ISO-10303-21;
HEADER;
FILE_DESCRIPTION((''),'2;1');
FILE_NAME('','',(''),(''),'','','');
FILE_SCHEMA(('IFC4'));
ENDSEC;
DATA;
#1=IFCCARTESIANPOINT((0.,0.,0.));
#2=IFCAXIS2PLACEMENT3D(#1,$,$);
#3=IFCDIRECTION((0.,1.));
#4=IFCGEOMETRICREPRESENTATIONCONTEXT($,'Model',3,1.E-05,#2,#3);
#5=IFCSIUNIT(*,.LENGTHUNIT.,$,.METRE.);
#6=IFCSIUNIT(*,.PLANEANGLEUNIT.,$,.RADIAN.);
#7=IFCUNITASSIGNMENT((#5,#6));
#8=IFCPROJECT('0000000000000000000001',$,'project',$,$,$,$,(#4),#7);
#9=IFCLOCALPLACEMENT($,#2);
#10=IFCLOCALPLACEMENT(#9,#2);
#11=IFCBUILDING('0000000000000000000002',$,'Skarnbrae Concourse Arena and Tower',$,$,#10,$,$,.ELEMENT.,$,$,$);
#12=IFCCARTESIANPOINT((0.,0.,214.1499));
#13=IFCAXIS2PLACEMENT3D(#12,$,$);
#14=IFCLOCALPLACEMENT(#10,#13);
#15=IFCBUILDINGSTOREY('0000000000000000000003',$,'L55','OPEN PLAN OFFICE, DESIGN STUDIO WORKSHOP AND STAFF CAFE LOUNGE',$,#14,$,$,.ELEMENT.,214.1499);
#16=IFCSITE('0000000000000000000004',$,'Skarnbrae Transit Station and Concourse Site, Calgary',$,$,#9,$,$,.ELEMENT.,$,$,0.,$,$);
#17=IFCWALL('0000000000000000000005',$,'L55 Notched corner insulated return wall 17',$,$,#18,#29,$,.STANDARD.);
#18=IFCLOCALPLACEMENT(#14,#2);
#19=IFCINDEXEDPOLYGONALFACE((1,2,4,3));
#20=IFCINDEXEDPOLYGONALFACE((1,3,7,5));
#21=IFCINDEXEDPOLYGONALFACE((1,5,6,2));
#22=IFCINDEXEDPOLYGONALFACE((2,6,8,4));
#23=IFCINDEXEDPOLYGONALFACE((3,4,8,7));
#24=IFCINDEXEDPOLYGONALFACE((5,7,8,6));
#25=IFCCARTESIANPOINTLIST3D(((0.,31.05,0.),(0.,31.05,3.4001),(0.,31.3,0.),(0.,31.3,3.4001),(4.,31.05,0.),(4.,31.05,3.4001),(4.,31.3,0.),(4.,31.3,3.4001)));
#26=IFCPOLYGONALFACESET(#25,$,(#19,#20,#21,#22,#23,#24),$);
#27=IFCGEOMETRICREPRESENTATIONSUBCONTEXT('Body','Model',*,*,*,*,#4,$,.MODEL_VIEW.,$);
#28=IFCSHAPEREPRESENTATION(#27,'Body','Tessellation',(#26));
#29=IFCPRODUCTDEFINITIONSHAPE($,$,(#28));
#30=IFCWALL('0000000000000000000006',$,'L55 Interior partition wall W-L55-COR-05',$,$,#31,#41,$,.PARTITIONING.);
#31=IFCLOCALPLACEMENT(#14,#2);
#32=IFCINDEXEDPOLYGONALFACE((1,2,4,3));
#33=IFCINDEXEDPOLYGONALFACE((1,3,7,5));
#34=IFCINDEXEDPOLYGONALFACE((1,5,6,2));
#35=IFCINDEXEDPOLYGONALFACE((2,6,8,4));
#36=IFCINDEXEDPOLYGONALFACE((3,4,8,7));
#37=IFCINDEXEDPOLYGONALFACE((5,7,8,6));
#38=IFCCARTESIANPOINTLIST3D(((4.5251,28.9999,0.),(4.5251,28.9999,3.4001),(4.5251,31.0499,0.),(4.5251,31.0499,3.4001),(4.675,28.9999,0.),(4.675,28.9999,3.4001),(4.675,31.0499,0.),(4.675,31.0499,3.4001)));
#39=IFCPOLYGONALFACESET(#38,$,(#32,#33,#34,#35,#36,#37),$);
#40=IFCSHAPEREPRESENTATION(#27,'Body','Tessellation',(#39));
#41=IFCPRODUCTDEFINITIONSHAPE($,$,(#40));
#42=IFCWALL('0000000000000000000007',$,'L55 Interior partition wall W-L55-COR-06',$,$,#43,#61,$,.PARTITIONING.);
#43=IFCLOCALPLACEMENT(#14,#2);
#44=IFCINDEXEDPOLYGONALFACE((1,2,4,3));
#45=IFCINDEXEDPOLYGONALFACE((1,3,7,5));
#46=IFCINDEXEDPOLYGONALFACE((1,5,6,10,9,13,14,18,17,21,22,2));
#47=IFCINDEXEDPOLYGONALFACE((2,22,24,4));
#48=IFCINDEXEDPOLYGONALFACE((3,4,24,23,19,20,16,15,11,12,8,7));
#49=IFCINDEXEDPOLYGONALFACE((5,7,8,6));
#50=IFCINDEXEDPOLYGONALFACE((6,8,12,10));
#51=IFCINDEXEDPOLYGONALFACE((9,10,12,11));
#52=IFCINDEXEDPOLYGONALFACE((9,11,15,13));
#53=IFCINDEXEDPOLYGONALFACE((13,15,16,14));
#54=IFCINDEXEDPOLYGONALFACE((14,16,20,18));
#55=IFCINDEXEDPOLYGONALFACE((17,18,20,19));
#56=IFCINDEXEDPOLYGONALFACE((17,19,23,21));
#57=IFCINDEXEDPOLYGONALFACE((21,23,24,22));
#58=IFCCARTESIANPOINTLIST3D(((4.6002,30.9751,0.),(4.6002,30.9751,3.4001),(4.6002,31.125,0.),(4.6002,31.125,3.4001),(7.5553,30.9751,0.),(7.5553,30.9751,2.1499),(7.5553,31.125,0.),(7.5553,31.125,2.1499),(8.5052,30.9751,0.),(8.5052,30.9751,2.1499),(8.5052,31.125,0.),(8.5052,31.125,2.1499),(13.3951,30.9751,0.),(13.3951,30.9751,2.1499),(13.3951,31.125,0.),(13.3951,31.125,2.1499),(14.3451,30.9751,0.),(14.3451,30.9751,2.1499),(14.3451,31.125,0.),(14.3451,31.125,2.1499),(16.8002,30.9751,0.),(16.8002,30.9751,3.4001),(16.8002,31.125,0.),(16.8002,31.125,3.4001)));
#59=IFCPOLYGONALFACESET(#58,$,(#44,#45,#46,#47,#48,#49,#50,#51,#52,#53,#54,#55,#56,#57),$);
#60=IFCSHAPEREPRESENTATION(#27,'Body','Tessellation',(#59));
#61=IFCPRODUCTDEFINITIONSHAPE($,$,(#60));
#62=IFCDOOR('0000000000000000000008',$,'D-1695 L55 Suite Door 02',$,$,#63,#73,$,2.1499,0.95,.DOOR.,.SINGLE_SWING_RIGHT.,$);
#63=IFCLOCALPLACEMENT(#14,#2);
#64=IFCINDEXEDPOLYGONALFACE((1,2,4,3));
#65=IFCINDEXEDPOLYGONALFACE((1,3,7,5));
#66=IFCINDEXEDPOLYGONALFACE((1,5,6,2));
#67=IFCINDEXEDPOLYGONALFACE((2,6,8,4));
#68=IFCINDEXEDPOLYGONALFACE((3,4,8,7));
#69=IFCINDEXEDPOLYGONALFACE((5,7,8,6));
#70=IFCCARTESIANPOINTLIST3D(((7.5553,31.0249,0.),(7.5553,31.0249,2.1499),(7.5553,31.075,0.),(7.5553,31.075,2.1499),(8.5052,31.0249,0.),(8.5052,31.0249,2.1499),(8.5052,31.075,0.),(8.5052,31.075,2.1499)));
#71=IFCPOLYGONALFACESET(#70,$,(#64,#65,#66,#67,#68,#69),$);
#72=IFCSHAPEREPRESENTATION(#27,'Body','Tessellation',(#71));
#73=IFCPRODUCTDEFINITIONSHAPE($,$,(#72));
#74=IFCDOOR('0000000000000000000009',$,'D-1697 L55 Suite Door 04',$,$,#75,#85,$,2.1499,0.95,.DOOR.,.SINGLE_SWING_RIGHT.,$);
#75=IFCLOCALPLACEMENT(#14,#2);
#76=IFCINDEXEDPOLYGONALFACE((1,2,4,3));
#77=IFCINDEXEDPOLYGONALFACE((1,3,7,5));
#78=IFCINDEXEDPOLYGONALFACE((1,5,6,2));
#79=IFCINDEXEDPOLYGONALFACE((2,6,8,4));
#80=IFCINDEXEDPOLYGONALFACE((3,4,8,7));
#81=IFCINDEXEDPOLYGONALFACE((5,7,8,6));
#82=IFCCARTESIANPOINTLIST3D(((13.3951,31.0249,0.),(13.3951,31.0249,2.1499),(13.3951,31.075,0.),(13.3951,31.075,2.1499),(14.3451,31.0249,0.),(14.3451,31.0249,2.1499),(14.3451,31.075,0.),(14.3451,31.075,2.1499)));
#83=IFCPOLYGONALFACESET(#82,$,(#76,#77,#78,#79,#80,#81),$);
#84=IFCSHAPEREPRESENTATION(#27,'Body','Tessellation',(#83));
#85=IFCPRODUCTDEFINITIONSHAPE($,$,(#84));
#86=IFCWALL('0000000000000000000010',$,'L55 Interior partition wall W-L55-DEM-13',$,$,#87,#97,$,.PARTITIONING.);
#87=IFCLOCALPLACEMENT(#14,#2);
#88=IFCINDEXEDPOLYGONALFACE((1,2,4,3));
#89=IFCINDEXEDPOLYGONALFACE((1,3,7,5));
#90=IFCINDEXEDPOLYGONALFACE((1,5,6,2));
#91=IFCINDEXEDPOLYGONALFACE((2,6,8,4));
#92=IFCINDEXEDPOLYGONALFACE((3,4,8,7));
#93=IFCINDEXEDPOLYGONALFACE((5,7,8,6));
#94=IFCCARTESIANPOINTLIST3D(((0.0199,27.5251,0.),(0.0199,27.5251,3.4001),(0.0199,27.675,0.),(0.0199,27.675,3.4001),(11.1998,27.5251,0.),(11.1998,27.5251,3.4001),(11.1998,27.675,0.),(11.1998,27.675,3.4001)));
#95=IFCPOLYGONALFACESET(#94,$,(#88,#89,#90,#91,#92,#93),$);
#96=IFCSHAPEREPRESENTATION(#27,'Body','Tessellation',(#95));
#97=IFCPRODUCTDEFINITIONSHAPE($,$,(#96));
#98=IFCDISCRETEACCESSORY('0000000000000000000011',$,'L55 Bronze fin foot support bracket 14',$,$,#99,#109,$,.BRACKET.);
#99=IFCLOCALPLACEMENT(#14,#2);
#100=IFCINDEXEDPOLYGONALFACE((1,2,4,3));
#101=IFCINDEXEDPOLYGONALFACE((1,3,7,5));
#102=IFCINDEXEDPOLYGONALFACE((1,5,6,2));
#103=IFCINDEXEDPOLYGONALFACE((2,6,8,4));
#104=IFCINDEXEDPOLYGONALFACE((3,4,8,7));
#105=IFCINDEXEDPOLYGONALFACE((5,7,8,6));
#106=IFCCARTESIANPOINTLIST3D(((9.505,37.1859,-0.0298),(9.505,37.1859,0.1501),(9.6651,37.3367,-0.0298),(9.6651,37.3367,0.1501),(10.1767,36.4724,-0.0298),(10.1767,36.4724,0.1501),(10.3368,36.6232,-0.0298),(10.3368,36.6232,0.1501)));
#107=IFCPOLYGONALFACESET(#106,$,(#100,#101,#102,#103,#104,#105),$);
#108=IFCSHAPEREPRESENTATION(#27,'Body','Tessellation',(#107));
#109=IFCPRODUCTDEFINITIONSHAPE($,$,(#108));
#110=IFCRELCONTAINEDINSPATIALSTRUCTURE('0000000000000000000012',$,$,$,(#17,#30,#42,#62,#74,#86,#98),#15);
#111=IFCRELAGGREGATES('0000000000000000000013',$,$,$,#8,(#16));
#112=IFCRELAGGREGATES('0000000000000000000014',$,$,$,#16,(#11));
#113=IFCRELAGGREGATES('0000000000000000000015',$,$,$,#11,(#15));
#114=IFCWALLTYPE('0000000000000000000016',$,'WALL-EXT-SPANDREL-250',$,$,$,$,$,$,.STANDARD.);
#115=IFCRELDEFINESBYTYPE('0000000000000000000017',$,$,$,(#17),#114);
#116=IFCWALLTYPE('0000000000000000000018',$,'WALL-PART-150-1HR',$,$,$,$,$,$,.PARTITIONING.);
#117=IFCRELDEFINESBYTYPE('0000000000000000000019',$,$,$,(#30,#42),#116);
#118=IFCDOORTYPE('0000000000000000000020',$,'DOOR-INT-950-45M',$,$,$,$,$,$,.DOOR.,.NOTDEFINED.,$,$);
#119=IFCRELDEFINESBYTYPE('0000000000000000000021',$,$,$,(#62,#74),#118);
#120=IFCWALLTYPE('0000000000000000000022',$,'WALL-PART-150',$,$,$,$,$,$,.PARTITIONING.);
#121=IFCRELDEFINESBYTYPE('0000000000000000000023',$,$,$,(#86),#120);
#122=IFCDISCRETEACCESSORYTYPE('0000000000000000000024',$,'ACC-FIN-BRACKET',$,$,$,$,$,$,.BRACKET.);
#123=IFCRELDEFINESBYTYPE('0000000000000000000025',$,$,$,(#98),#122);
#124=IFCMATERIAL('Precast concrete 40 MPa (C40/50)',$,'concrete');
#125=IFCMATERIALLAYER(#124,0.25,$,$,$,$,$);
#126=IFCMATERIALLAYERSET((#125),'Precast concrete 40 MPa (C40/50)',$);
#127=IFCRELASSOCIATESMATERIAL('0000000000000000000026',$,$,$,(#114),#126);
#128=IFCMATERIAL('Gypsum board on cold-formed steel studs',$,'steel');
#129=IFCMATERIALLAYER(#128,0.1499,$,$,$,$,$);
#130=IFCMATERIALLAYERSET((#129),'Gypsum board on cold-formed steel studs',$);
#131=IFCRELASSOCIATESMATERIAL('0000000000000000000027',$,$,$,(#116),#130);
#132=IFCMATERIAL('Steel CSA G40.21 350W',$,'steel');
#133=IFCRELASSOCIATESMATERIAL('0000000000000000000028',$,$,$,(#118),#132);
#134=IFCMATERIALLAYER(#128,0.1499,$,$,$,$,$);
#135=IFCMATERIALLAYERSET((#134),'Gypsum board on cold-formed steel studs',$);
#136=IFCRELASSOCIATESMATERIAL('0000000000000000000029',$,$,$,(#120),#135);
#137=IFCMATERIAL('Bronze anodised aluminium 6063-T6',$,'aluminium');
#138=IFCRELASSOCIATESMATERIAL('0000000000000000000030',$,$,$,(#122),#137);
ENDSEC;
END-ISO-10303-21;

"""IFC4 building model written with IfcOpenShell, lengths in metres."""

from ifc_helpers import new_model, si_unit, direction, frame, frame_2d, origin, origin_2d, place, context, subcontext, project, spatial, rectangle, extrude, source, transform, mapped, material, layer, layer_set, type_object, element, fill, save


model = new_model("IFC4")

# Units and contexts
model_context = context("Model", 3, precision=1e-05, world=origin(), true_north=direction((0.0, 1.0)))
body_context = subcontext(model_context, "Body", "Model", "MODEL_VIEW")
ifc_project = project(units=[si_unit("LENGTHUNIT", "METRE"), si_unit("PLANEANGLEUNIT", "RADIAN")], contexts=[model_context])

# Site, building, storey
site_placement = place(None, origin())
site = spatial("IfcSite", under=ifc_project, at=site_placement, Name="Skarnbrae Transit Station and Concourse Site, Calgary", CompositionType="ELEMENT", RefElevation=0.0)
building_placement = place(site_placement, origin())
building = spatial("IfcBuilding", under=site, at=building_placement, Name="Skarnbrae Concourse Arena and Tower", CompositionType="ELEMENT")
storey_placement = place(building_placement, frame((0.0, 0.0, 214.1499)))
storey = spatial("IfcBuildingStorey", under=building, at=storey_placement, Name="L55", Description="OPEN PLAN OFFICE, DESIGN STUDIO WORKSHOP AND STAFF CAFE LOUNGE", CompositionType="ELEMENT", Elevation=214.1499)

# Shared definitions
ifc_material_1 = material(Name="Steel CSA G40.21 350W", Category="steel")

# Shared definitions
ifc_material_2 = material(Name="Bronze anodised aluminium 6063-T6", Category="aluminium")

# Walls
ifc_material_3 = material(Name="Precast concrete 40 MPa (C40/50)", Category="concrete")
ifc_layer_1 = layer(ifc_material_3, 0.25)
ifc_layer_set_1 = layer_set([ifc_layer_1], Name="Precast concrete 40 MPa (C40/50)")
wall_type_1 = type_object("IfcWallType", Name="WALL-EXT-SPANDREL-250", PredefinedType="STANDARD", material=ifc_layer_set_1)
shared_shape_1 = source(origin(), body_context, "Body", "SweptSolid", [
    extrude(rectangle(XDim=4.0, YDim=0.25, at=frame_2d((2.0, 0.0))), origin(), (0.0, 0.0, 1.0), 3.4001),
])
for number, where, z_axis, x_axis, name in (
    (1, (4.0, 31.175, 0.0), (0.0, 0.0, 1.0), (-1.0, 0.0, 0.0), "L55 Notched corner insulated return wall 17"),
):
    element("IfcWall", number, at=place(storey_placement, frame(where, z_axis=z_axis, x_axis=x_axis)), inside=storey, type_object=wall_type_1, Name=name, PredefinedType="STANDARD", context=body_context, shape_type="MappedRepresentation", body=[
        mapped(shared_shape_1, transform((0.0, 0.0, 0.0))),
    ])
ifc_material_4 = material(Name="Gypsum board on cold-formed steel studs", Category="steel")
ifc_layer_2 = layer(ifc_material_4, 0.1499)
ifc_layer_set_2 = layer_set([ifc_layer_2], Name="Gypsum board on cold-formed steel studs")
wall_type_2 = type_object("IfcWallType", Name="WALL-PART-150-1HR", PredefinedType="PARTITIONING", material=ifc_layer_set_2)
shared_shape_2 = source(origin(), body_context, "Body", "SweptSolid", [
    extrude(rectangle(XDim=2.05, YDim=0.1499, at=frame_2d((1.0249, 0.0))), origin(), (0.0, 0.0, 1.0), 3.4001),
])
wall_1_placement = place(storey_placement, frame((4.6001, 29.0, 0.0), z_axis=(0.0, 0.0, 1.0), x_axis=(0.0, 1.0, 0.0)))
element("IfcWall", 2, at=wall_1_placement, inside=storey, type_object=wall_type_2, Name="L55 Interior partition wall W-L55-COR-05", PredefinedType="PARTITIONING", context=body_context, shape_type="MappedRepresentation", body=[
    mapped(shared_shape_2, transform((0.0, 0.0, 0.0))),
])

# Wall, openings, doors
shared_shape_3 = source(origin(), body_context, "Body", "SweptSolid", [
    extrude(rectangle(XDim=12.2, YDim=0.1499, at=frame_2d((6.1001, 0.0))), origin(), (0.0, 0.0, 1.0), 3.4001),
])
wall_2_placement = place(storey_placement, frame((4.6001, 31.05, 0.0), z_axis=(0.0, 0.0, 1.0), x_axis=(1.0, 0.0, 0.0)))
wall_2 = element("IfcWall", 3, at=wall_2_placement, inside=storey, type_object=wall_type_2, Name="L55 Interior partition wall W-L55-COR-06", PredefinedType="PARTITIONING", context=body_context, shape_type="MappedRepresentation", body=[
    mapped(shared_shape_3, transform((0.0, 0.0, 0.0))),
])
opening_1_placement = place(wall_2_placement, frame((2.9551, 0.0, 0.0)))
opening_1 = element("IfcOpeningElement", 4, at=opening_1_placement, cuts=wall_2, PredefinedType="OPENING", context=body_context, shape_type="SweptSolid", body=[
    extrude(rectangle(XDim=0.95, YDim=2.1499, at=frame_2d((0.4751, 1.075))), frame((0.0, 0.085, 0.0), z_axis=(0.0, -1.0, 0.0), x_axis=(1.0, 0.0, 0.0)), (0.0, 0.0, 1.0), 0.1699),
])
opening_2_placement = place(wall_2_placement, frame((8.7949, 0.0, 0.0)))
opening_2 = element("IfcOpeningElement", 5, at=opening_2_placement, cuts=wall_2, PredefinedType="OPENING", context=body_context, shape_type="SweptSolid", body=[
    extrude(rectangle(XDim=0.95, YDim=2.1499, at=frame_2d((0.4751, 1.075))), frame((0.0, 0.085, 0.0), z_axis=(0.0, -1.0, 0.0), x_axis=(1.0, 0.0, 0.0)), (0.0, 0.0, 1.0), 0.1699),
])
door_type = type_object("IfcDoorType", Name="DOOR-INT-950-45M", OperationType="NOTDEFINED", PredefinedType="DOOR", material=ifc_material_1)
shared_shape_4 = source(origin(), body_context, "Body", "SweptSolid", [
    extrude(rectangle(XDim=0.95, YDim=2.1499, at=frame_2d((0.4751, 1.075))), frame((0.0, 0.0249, 0.0), z_axis=(0.0, -1.0, 0.0), x_axis=(1.0, 0.0, 0.0)), (0.0, 0.0, 1.0), 0.05),
])
door_1_placement = place(opening_1_placement, origin())
door_1 = element("IfcDoor", 6, at=door_1_placement, inside=storey, type_object=door_type, Name="D-1695 L55 Suite Door 02", OperationType="SINGLE_SWING_RIGHT", OverallHeight=2.1499, OverallWidth=0.95, PredefinedType="DOOR", context=body_context, shape_type="MappedRepresentation", body=[
    mapped(shared_shape_4, transform((0.0, 0.0, 0.0))),
])
fill(opening_1, door_1)
door_2_placement = place(opening_2_placement, origin())
door_2 = element("IfcDoor", 7, at=door_2_placement, inside=storey, type_object=door_type, Name="D-1697 L55 Suite Door 04", OperationType="SINGLE_SWING_RIGHT", OverallHeight=2.1499, OverallWidth=0.95, PredefinedType="DOOR", context=body_context, shape_type="MappedRepresentation", body=[
    mapped(shared_shape_4, transform((0.0, 0.0, 0.0))),
])
fill(opening_2, door_2)

# Wall
ifc_layer_3 = layer(ifc_material_4, 0.1499)
ifc_layer_set_3 = layer_set([ifc_layer_3], Name="Gypsum board on cold-formed steel studs")
wall_type_3 = type_object("IfcWallType", Name="WALL-PART-150", PredefinedType="PARTITIONING", material=ifc_layer_set_3)
shared_shape_5 = source(origin(), body_context, "Body", "SweptSolid", [
    extrude(rectangle(XDim=11.1799, YDim=0.1499, at=frame_2d((5.5898, 0.0))), origin(), (0.0, 0.0, 1.0), 3.4001),
])
wall_3_placement = place(storey_placement, frame((0.02, 27.6001, 0.0), z_axis=(0.0, 0.0, 1.0), x_axis=(1.0, 0.0, 0.0)))
element("IfcWall", 8, at=wall_3_placement, inside=storey, type_object=wall_type_3, Name="L55 Interior partition wall W-L55-DEM-13", PredefinedType="PARTITIONING", context=body_context, shape_type="MappedRepresentation", body=[
    mapped(shared_shape_5, transform((0.0, 0.0, 0.0))),
])

# Discrete accessory
discrete_accessory_type = type_object("IfcDiscreteAccessoryType", Name="ACC-FIN-BRACKET", PredefinedType="BRACKET", material=ifc_material_2)
shared_shape_6 = source(origin(), body_context, "Body", "SweptSolid", [
    extrude(rectangle(XDim=0.22, YDim=0.98, at=origin_2d()), origin(), (0.0, 0.0, 1.0), 0.1799),
])
discrete_accessory_placement = place(storey_placement, frame((9.9209, 36.9045, -0.0298), z_axis=(0.0, 0.0, 1.0), x_axis=(0.728132, 0.685437, 0.0)))
element("IfcDiscreteAccessory", 9, at=discrete_accessory_placement, inside=storey, type_object=discrete_accessory_type, Name="L55 Bronze fin foot support bracket 14", PredefinedType="BRACKET", context=body_context, shape_type="MappedRepresentation", body=[
    mapped(shared_shape_6, transform((0.0, 0.0, 0.0))),
])

save(model, "model.ifc")
